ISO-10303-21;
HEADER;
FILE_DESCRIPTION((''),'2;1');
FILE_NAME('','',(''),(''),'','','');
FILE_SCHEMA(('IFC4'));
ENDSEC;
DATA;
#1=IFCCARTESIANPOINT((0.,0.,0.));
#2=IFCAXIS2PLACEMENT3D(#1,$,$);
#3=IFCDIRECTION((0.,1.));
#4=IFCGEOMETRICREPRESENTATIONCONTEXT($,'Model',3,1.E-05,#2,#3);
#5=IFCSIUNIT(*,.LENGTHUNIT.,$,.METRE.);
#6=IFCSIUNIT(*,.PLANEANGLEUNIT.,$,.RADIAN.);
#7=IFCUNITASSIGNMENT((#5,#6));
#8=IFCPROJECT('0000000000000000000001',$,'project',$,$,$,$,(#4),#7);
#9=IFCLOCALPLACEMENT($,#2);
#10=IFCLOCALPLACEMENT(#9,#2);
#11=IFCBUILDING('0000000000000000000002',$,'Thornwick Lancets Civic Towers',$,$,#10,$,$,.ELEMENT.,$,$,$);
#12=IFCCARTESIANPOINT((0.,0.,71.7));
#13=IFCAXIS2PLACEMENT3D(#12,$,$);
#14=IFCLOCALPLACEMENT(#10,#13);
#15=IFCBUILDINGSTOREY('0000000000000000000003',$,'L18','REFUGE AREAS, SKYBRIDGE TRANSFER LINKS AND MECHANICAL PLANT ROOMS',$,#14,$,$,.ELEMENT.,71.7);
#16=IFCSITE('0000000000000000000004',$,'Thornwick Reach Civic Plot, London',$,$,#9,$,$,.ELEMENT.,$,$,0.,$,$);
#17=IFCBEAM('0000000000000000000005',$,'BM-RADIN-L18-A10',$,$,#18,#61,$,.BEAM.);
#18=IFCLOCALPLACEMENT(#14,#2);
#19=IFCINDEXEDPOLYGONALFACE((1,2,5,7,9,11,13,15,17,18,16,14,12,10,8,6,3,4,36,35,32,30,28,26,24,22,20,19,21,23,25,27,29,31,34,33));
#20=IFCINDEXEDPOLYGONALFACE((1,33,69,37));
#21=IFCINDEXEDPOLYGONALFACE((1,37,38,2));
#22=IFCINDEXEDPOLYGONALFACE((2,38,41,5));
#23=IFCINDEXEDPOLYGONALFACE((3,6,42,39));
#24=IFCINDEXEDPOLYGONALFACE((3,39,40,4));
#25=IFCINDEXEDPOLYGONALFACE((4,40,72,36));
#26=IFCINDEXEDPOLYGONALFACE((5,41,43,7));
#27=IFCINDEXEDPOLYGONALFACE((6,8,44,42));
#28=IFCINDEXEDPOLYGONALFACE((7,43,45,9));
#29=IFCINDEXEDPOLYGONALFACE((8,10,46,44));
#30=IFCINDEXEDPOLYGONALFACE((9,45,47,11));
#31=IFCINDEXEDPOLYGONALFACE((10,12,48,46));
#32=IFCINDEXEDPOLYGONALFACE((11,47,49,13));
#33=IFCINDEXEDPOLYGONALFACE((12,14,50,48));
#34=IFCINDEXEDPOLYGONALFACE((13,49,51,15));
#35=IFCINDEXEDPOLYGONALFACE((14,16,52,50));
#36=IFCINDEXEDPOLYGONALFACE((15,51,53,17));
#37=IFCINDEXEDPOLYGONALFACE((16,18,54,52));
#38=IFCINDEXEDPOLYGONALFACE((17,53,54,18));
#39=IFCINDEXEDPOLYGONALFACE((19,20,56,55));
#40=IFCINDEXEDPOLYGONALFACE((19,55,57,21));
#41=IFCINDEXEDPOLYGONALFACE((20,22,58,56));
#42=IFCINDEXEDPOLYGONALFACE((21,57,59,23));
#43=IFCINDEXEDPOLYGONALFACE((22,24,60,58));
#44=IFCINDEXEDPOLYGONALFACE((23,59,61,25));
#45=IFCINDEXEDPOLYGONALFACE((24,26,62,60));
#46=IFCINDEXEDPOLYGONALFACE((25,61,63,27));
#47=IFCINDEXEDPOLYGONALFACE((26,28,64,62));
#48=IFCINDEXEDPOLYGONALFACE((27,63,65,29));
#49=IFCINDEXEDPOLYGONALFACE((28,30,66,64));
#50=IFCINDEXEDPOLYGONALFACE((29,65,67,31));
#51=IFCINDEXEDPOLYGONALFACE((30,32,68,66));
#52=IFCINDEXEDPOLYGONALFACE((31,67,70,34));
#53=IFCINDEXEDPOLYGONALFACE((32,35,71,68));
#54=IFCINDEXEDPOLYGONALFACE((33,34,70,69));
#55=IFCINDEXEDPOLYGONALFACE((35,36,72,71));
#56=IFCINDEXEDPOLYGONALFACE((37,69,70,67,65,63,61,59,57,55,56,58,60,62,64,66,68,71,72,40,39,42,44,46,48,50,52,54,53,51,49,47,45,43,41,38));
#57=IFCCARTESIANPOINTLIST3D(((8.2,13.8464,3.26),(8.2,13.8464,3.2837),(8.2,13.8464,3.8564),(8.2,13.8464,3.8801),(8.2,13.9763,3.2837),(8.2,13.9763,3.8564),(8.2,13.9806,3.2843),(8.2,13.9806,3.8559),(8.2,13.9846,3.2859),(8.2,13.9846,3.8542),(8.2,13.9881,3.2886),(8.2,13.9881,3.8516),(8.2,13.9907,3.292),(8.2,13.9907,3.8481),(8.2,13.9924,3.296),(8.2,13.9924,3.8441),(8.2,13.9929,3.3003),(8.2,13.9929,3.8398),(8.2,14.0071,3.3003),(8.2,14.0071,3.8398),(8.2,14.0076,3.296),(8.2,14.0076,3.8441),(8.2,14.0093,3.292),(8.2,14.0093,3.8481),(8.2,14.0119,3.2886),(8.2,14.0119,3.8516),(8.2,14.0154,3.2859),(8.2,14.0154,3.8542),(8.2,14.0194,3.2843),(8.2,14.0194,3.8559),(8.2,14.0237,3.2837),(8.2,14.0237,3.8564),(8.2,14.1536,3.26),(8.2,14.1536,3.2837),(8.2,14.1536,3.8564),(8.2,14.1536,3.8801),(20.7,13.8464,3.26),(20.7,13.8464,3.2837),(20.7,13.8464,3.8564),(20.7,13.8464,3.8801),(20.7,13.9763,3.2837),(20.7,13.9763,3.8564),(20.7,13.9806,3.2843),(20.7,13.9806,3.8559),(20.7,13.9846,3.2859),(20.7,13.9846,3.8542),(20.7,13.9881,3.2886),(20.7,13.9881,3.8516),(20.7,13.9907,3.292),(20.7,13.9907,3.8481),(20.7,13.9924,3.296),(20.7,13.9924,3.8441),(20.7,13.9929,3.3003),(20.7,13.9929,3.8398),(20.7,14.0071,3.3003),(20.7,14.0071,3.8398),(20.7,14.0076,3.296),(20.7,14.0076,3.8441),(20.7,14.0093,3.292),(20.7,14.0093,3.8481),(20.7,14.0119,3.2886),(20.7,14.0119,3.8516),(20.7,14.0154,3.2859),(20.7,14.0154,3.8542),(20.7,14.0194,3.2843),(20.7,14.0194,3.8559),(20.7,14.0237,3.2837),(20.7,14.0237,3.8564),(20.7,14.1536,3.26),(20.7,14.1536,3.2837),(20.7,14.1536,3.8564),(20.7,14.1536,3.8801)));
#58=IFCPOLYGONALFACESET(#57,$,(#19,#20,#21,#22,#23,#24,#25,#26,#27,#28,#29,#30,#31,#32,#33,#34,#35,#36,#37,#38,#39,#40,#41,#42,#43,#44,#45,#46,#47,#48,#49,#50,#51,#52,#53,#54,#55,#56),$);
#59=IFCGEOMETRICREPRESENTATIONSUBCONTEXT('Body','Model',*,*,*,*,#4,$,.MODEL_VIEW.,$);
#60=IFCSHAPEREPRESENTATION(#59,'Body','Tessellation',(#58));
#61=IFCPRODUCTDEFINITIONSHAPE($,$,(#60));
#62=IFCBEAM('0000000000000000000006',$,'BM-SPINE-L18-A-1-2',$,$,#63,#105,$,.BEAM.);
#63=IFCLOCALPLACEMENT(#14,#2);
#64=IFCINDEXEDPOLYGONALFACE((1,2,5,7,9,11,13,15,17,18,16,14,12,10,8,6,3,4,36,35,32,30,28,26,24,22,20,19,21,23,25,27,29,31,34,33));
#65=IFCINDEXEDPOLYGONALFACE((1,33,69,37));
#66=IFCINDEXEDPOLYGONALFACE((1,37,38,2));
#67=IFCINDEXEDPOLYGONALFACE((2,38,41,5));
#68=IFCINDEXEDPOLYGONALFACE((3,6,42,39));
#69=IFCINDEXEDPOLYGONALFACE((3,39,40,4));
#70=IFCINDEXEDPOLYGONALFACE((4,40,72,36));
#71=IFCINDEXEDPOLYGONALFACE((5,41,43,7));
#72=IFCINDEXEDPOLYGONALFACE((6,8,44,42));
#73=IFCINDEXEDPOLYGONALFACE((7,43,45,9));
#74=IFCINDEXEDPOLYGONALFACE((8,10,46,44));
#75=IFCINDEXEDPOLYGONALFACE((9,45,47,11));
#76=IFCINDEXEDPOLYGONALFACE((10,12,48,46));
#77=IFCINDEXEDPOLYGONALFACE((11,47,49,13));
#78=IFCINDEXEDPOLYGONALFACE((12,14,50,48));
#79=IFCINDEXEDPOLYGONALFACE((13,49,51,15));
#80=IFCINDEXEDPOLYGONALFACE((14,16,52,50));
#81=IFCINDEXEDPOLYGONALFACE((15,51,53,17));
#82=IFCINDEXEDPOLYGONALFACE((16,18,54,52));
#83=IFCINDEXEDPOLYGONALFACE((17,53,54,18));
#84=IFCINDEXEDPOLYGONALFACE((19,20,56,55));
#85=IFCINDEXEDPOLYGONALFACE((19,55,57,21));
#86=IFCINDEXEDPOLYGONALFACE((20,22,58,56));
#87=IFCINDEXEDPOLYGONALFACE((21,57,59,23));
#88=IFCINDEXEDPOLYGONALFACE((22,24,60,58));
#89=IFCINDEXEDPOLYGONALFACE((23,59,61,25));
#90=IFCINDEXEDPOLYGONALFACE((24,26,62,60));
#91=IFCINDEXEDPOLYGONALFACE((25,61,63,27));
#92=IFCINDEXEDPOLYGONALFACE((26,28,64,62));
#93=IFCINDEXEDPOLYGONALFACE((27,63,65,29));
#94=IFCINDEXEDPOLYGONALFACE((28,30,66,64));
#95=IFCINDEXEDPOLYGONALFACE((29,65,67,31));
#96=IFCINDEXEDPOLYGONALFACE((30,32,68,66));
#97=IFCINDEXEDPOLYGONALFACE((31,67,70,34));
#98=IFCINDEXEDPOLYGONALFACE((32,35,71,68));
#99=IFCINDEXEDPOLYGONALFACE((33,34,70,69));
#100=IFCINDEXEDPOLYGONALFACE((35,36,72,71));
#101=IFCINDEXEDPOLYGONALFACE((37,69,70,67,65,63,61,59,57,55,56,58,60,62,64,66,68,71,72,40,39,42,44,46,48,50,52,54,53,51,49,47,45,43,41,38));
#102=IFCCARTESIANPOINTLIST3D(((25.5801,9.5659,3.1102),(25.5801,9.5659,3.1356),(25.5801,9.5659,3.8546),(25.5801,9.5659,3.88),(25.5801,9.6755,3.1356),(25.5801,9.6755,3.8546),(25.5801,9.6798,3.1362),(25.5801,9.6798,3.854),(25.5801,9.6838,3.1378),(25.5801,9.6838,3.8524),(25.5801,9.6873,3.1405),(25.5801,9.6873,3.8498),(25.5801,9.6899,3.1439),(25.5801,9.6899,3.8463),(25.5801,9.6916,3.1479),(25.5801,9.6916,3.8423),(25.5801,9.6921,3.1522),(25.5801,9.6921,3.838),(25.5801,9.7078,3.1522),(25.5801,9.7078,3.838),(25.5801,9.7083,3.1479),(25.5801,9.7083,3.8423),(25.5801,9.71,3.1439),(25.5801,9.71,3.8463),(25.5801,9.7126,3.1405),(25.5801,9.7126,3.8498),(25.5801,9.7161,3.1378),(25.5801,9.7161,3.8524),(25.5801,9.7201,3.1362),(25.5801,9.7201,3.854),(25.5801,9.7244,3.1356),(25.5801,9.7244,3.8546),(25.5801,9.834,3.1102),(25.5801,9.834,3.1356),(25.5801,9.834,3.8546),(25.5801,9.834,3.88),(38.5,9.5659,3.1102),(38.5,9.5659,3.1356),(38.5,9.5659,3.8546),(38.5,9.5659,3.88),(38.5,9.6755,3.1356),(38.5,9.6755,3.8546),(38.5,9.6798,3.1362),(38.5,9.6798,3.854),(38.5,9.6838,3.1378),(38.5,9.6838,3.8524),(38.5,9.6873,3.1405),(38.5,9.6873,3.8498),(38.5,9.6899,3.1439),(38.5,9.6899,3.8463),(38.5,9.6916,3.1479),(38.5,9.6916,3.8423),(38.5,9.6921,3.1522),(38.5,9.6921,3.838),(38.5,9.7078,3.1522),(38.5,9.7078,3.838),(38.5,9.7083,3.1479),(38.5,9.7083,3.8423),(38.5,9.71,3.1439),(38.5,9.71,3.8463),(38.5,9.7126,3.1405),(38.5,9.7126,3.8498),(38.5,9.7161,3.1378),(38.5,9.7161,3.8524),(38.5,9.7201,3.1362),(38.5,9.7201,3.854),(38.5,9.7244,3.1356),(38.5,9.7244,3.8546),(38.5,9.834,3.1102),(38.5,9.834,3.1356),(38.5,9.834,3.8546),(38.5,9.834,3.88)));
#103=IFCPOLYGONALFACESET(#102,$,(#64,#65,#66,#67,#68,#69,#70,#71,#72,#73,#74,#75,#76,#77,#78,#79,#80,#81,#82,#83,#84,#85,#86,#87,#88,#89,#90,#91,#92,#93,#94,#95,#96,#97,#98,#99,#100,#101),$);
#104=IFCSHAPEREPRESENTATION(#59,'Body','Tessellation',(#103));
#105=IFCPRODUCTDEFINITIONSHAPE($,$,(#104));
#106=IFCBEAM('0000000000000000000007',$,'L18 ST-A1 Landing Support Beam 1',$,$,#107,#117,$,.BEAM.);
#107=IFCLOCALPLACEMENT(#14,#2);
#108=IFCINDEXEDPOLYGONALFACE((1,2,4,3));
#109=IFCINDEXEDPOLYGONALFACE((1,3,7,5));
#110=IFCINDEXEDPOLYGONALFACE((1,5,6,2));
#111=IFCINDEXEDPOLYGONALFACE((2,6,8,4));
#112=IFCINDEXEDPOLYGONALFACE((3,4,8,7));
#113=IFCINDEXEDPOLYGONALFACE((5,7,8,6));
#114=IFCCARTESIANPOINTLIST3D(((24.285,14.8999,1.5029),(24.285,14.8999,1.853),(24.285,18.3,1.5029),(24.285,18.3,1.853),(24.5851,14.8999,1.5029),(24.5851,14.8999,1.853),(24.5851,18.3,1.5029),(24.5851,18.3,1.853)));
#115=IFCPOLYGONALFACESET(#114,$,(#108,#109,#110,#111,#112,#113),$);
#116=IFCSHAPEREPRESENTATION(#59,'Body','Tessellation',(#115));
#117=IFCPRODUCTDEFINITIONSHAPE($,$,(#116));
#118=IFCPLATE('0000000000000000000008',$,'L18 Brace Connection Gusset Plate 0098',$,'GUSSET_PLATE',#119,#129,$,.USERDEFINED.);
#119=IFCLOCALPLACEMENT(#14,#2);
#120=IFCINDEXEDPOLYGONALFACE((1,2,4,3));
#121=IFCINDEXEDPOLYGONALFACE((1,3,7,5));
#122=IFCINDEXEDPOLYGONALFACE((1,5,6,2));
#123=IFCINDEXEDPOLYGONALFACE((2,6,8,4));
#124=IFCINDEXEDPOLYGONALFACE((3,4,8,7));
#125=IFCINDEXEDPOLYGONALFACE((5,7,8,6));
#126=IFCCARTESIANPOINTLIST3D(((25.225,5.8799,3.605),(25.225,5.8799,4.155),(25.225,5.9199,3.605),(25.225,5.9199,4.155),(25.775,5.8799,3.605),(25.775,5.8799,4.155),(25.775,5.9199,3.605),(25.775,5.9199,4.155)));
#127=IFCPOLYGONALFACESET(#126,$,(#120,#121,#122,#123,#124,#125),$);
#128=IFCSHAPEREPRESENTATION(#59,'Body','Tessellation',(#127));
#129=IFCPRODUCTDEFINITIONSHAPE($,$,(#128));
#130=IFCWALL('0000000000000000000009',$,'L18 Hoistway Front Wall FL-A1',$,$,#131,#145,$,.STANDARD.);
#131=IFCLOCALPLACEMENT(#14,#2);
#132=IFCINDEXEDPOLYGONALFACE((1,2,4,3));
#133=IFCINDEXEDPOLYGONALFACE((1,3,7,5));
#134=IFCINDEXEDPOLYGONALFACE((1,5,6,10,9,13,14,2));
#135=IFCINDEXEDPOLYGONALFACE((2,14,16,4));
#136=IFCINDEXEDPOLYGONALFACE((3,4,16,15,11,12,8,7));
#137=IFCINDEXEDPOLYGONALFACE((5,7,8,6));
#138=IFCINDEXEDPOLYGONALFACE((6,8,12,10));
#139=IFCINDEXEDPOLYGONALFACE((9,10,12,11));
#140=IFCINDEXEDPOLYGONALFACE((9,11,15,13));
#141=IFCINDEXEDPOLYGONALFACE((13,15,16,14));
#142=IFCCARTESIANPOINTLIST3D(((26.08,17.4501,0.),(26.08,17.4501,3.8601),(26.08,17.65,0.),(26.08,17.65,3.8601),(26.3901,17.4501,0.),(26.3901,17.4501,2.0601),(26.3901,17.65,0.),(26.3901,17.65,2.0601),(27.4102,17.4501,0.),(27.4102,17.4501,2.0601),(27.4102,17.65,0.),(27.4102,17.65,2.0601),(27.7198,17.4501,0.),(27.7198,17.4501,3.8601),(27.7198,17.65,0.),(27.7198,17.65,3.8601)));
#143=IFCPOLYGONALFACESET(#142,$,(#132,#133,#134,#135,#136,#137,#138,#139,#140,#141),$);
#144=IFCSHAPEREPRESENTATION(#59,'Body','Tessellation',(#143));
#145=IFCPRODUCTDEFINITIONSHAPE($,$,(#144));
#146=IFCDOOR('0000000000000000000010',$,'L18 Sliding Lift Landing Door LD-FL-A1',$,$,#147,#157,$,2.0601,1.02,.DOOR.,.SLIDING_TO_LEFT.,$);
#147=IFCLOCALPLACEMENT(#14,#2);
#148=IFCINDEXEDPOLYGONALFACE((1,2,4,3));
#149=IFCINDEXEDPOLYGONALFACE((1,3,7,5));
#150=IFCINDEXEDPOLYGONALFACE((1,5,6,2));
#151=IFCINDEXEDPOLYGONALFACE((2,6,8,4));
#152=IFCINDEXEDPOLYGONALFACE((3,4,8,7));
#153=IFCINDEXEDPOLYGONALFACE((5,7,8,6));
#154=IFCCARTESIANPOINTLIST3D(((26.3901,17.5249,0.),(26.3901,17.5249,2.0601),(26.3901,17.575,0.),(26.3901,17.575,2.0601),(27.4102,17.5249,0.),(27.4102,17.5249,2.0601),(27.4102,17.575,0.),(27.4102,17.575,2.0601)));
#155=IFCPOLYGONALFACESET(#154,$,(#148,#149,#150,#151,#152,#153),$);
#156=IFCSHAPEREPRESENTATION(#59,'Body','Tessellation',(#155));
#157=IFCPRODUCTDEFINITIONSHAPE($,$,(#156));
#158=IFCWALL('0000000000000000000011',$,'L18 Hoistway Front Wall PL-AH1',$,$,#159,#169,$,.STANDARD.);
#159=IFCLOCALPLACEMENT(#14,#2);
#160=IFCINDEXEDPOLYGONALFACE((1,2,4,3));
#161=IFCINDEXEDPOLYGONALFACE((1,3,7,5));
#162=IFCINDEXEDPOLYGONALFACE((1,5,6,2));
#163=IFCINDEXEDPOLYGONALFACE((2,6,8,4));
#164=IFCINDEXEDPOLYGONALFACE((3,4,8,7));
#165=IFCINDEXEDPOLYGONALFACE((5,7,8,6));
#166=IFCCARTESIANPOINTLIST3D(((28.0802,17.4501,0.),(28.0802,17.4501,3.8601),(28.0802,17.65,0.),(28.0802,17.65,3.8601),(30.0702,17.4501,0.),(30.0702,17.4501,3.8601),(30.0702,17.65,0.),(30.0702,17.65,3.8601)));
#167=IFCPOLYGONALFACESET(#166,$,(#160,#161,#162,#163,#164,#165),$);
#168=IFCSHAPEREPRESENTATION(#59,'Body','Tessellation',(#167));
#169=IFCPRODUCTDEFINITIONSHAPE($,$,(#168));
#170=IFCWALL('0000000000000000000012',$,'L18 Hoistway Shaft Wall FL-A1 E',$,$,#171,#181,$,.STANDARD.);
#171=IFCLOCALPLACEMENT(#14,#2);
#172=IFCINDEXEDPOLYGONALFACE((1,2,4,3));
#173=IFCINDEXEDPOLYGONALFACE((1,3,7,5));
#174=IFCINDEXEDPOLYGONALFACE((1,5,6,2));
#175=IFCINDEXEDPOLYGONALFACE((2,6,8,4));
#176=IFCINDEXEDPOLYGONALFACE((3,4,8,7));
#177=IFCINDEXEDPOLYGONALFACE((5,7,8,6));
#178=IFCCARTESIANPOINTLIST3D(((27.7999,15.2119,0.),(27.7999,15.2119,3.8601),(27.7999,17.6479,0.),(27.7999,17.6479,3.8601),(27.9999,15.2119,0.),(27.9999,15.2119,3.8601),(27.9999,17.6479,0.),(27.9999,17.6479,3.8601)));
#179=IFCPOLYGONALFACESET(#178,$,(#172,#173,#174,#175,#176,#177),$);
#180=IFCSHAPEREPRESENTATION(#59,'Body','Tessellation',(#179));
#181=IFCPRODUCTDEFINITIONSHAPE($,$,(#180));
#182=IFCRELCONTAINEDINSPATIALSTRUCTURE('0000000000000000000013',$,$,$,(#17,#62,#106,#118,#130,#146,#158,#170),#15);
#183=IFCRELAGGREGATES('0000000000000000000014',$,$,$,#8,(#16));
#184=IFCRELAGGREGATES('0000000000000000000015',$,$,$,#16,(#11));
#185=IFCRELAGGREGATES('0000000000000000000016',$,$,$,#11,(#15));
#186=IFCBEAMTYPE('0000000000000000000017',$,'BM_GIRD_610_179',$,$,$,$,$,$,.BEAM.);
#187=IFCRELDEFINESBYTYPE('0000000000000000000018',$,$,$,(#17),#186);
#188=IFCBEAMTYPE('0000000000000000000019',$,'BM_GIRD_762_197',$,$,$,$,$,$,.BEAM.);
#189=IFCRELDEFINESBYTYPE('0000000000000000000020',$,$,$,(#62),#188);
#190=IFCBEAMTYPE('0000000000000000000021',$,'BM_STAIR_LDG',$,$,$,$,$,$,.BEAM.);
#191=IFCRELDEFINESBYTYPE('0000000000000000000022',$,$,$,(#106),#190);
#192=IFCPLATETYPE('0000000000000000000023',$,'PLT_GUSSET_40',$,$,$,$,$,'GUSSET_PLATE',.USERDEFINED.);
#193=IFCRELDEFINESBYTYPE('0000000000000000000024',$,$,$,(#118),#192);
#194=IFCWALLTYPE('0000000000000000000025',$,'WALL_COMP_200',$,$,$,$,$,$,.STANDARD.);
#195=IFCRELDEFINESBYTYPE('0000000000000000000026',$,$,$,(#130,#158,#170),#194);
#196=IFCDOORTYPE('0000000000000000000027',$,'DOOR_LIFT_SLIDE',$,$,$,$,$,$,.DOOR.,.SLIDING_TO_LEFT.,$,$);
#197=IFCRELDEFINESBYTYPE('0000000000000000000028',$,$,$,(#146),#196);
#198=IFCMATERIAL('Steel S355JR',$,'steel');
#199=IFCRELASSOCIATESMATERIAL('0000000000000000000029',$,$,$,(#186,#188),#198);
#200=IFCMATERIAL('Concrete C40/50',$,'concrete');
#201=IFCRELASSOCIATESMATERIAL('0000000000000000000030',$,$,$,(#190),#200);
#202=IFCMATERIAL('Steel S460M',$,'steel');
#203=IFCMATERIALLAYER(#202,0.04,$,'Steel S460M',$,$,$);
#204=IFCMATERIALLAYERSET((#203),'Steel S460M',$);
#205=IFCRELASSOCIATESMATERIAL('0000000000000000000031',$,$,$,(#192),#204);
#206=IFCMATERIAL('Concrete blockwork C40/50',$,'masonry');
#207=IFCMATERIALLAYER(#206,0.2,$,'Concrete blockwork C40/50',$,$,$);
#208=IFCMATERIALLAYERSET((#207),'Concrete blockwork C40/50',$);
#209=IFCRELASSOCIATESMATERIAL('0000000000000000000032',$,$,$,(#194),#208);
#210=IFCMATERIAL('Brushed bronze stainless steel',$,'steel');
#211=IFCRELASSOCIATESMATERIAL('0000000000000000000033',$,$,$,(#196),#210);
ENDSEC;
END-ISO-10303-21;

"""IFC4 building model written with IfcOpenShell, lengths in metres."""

from ifc_helpers import new_model, si_unit, direction, frame, frame_2d, origin, origin_2d, place, context, subcontext, project, spatial, rectangle, i_section, extrude, material, layer, layer_set, material_profile, profile_set, type_object, element, fill, save


model = new_model("IFC4")

# Units and contexts
model_context = context("Model", 3, precision=1e-05, world=origin(), true_north=direction((0.0, 1.0)))
body_context = subcontext(model_context, "Body", "Model", "MODEL_VIEW")
ifc_project = project(units=[si_unit("LENGTHUNIT", "METRE"), si_unit("PLANEANGLEUNIT", "RADIAN")], contexts=[model_context])

# Site, building, storey
site_placement = place(None, origin())
site = spatial("IfcSite", under=ifc_project, at=site_placement, Name="Thornwick Reach Civic Plot, London", CompositionType="ELEMENT", RefElevation=0.0)
building_placement = place(site_placement, origin())
building = spatial("IfcBuilding", under=site, at=building_placement, Name="Thornwick Lancets Civic Towers", CompositionType="ELEMENT")
storey_placement = place(building_placement, frame((0.0, 0.0, 71.7)))
storey = spatial("IfcBuildingStorey", under=building, at=storey_placement, Name="L18", Description="REFUGE AREAS, SKYBRIDGE TRANSFER LINKS AND MECHANICAL PLANT ROOMS", CompositionType="ELEMENT", Elevation=71.7)

# Shared definitions
ifc_material_1 = material(Name="Steel S460M", Category="steel")

# Beams
ifc_material_2 = material(Name="Steel S355JR", Category="steel")
ifc_material_profile_1 = material_profile(ifc_material_2, i_section(OverallWidth=0.3071, OverallDepth=0.6201, WebThickness=0.0142, FlangeThickness=0.0237, FilletRadius=0.0166, at=origin_2d()), Name="UKB 610x305x179")
ifc_profile_set_1 = profile_set([ifc_material_profile_1], Name="Steel S355JR")
beam_type_1 = type_object("IfcBeamType", Name="BM_GIRD_610_179", PredefinedType="BEAM", material=ifc_profile_set_1)
beam_1_placement = place(storey_placement, frame((20.7, 14.0, 3.5701), z_axis=(-1.0, 0.0, 0.0), x_axis=(0.0, -1.0, 0.0)))
element("IfcBeam", 1, at=beam_1_placement, inside=storey, type_object=beam_type_1, Name="BM-RADIN-L18-A10", PredefinedType="BEAM", context=body_context, shape_type="SweptSolid", body=[
    extrude(i_section(OverallWidth=0.3071, OverallDepth=0.6201, WebThickness=0.0142, FlangeThickness=0.0237, FilletRadius=0.0166, at=origin_2d()), origin(), (0.0, 0.0, 1.0), 12.5),
])
ifc_material_profile_2 = material_profile(ifc_material_2, i_section(OverallWidth=0.2681, OverallDepth=0.7698, WebThickness=0.0156, FlangeThickness=0.0254, FilletRadius=0.0166, at=origin_2d()), Name="UKB 762x267x197")
ifc_profile_set_2 = profile_set([ifc_material_profile_2], Name="Steel S355JR")
beam_type_2 = type_object("IfcBeamType", Name="BM_GIRD_762_197", PredefinedType="BEAM", material=ifc_profile_set_2)
beam_2_placement = place(storey_placement, frame((25.5801, 9.7, 3.4951), z_axis=(1.0, 0.0, 0.0), x_axis=(0.0, 1.0, 0.0)))
element("IfcBeam", 2, at=beam_2_placement, inside=storey, type_object=beam_type_2, Name="BM-SPINE-L18-A-1-2", PredefinedType="BEAM", context=body_context, shape_type="SweptSolid", body=[
    extrude(i_section(OverallWidth=0.2681, OverallDepth=0.7698, WebThickness=0.0156, FlangeThickness=0.0254, FilletRadius=0.0166, at=origin_2d()), origin(), (0.0, 0.0, 1.0), 12.9199),
])
ifc_material_3 = material(Name="Concrete C40/50", Category="concrete")
ifc_material_profile_3 = material_profile(ifc_material_3, rectangle(XDim=0.3, YDim=0.3501, at=origin_2d()), Name="RC 300x350")
ifc_profile_set_3 = profile_set([ifc_material_profile_3], Name="Concrete C40/50")
beam_type_3 = type_object("IfcBeamType", Name="BM_STAIR_LDG", PredefinedType="BEAM", material=ifc_profile_set_3)
beam_3_placement = place(storey_placement, frame((24.4351, 14.8999, 1.678), z_axis=(0.0, 1.0, 0.0), x_axis=(-1.0, 0.0, 0.0)))
element("IfcBeam", 3, at=beam_3_placement, inside=storey, type_object=beam_type_3, Name="L18 ST-A1 Landing Support Beam 1", PredefinedType="BEAM", context=body_context, shape_type="SweptSolid", body=[
    extrude(rectangle(XDim=0.3, YDim=0.3501, at=origin_2d()), origin(), (0.0, 0.0, 1.0), 3.4001),
])

# Plate
ifc_layer_1 = layer(ifc_material_1, 0.04, Name="Steel S460M")
ifc_layer_set_1 = layer_set([ifc_layer_1], Name="Steel S460M")
plate_type = type_object("IfcPlateType", Name="PLT_GUSSET_40", ElementType="GUSSET_PLATE", PredefinedType="USERDEFINED", material=ifc_layer_set_1)
plate_placement = place(storey_placement, frame((25.5, 5.8999, 3.605), z_axis=(0.0, 0.0, 1.0), x_axis=(1.0, 0.0, 0.0)))
element("IfcPlate", 4, at=plate_placement, inside=storey, type_object=plate_type, Name="L18 Brace Connection Gusset Plate 0098", ObjectType="GUSSET_PLATE", PredefinedType="USERDEFINED", context=body_context, shape_type="SweptSolid", body=[
    extrude(rectangle(XDim=0.55, YDim=0.04, at=origin_2d()), origin(), (0.0, 0.0, 1.0), 0.55),
])

# Wall, opening, door
ifc_material_4 = material(Name="Concrete blockwork C40/50", Category="masonry")
ifc_layer_2 = layer(ifc_material_4, 0.2, Name="Concrete blockwork C40/50")
ifc_layer_set_2 = layer_set([ifc_layer_2], Name="Concrete blockwork C40/50")
wall_type = type_object("IfcWallType", Name="WALL_COMP_200", PredefinedType="STANDARD", material=ifc_layer_set_2)
wall_1_placement = place(storey_placement, frame((26.0801, 17.55, 0.0), z_axis=(0.0, 0.0, 1.0), x_axis=(1.0, 0.0, 0.0)))
wall_1 = element("IfcWall", 5, at=wall_1_placement, inside=storey, type_object=wall_type, Name="L18 Hoistway Front Wall FL-A1", PredefinedType="STANDARD", context=body_context, shape_type="SweptSolid", body=[
    extrude(rectangle(XDim=1.6399, YDim=0.2, at=frame_2d((0.8198, 0.0))), origin(), (0.0, 0.0, 1.0), 3.8601),
])
opening_placement = place(wall_1_placement, frame((0.3101, 0.0, 0.0)))
opening = element("IfcOpeningElement", 6, at=opening_placement, cuts=wall_1, PredefinedType="OPENING", context=body_context, shape_type="SweptSolid", body=[
    extrude(rectangle(XDim=1.02, YDim=2.0601, at=frame_2d((0.51, 1.03))), frame((0.0, 0.1099, 0.0), z_axis=(0.0, -1.0, 0.0), x_axis=(1.0, 0.0, 0.0)), (0.0, 0.0, 1.0), 0.22),
])
ifc_material_5 = material(Name="Brushed bronze stainless steel", Category="steel")
door_type = type_object("IfcDoorType", Name="DOOR_LIFT_SLIDE", OperationType="SLIDING_TO_LEFT", PredefinedType="DOOR", material=ifc_material_5)
door_placement = place(opening_placement, origin())
door = element("IfcDoor", 7, at=door_placement, inside=storey, type_object=door_type, Name="L18 Sliding Lift Landing Door LD-FL-A1", OperationType="SLIDING_TO_LEFT", OverallHeight=2.0601, OverallWidth=1.02, PredefinedType="DOOR", context=body_context, shape_type="SweptSolid", body=[
    extrude(rectangle(XDim=1.02, YDim=2.0601, at=frame_2d((0.51, 1.03))), frame((0.0, 0.0249, 0.0), z_axis=(0.0, -1.0, 0.0), x_axis=(1.0, 0.0, 0.0)), (0.0, 0.0, 1.0), 0.05),
])
fill(opening, door)

# Walls
wall_2_placement = place(storey_placement, frame((28.0801, 17.55, 0.0), z_axis=(0.0, 0.0, 1.0), x_axis=(1.0, 0.0, 0.0)))
element("IfcWall", 8, at=wall_2_placement, inside=storey, type_object=wall_type, Name="L18 Hoistway Front Wall PL-AH1", PredefinedType="STANDARD", context=body_context, shape_type="SweptSolid", body=[
    extrude(rectangle(XDim=1.99, YDim=0.2, at=frame_2d((0.9951, 0.0))), origin(), (0.0, 0.0, 1.0), 3.8601),
])
for number, where, z_axis, x_axis, name in (
    (9, (27.8999, 15.2119, 0.0), (0.0, 0.0, 1.0), (0.0, 1.0, 0.0), "L18 Hoistway Shaft Wall FL-A1 E"),
):
    element("IfcWall", number, at=place(storey_placement, frame(where, z_axis=z_axis, x_axis=x_axis)), inside=storey, type_object=wall_type, Name=name, PredefinedType="STANDARD", context=body_context, shape_type="SweptSolid", body=[
        extrude(rectangle(XDim=2.436, YDim=0.2, at=frame_2d((1.218, 0.0))), origin(), (0.0, 0.0, 1.0), 3.8601),
    ])

save(model, "model.ifc")
